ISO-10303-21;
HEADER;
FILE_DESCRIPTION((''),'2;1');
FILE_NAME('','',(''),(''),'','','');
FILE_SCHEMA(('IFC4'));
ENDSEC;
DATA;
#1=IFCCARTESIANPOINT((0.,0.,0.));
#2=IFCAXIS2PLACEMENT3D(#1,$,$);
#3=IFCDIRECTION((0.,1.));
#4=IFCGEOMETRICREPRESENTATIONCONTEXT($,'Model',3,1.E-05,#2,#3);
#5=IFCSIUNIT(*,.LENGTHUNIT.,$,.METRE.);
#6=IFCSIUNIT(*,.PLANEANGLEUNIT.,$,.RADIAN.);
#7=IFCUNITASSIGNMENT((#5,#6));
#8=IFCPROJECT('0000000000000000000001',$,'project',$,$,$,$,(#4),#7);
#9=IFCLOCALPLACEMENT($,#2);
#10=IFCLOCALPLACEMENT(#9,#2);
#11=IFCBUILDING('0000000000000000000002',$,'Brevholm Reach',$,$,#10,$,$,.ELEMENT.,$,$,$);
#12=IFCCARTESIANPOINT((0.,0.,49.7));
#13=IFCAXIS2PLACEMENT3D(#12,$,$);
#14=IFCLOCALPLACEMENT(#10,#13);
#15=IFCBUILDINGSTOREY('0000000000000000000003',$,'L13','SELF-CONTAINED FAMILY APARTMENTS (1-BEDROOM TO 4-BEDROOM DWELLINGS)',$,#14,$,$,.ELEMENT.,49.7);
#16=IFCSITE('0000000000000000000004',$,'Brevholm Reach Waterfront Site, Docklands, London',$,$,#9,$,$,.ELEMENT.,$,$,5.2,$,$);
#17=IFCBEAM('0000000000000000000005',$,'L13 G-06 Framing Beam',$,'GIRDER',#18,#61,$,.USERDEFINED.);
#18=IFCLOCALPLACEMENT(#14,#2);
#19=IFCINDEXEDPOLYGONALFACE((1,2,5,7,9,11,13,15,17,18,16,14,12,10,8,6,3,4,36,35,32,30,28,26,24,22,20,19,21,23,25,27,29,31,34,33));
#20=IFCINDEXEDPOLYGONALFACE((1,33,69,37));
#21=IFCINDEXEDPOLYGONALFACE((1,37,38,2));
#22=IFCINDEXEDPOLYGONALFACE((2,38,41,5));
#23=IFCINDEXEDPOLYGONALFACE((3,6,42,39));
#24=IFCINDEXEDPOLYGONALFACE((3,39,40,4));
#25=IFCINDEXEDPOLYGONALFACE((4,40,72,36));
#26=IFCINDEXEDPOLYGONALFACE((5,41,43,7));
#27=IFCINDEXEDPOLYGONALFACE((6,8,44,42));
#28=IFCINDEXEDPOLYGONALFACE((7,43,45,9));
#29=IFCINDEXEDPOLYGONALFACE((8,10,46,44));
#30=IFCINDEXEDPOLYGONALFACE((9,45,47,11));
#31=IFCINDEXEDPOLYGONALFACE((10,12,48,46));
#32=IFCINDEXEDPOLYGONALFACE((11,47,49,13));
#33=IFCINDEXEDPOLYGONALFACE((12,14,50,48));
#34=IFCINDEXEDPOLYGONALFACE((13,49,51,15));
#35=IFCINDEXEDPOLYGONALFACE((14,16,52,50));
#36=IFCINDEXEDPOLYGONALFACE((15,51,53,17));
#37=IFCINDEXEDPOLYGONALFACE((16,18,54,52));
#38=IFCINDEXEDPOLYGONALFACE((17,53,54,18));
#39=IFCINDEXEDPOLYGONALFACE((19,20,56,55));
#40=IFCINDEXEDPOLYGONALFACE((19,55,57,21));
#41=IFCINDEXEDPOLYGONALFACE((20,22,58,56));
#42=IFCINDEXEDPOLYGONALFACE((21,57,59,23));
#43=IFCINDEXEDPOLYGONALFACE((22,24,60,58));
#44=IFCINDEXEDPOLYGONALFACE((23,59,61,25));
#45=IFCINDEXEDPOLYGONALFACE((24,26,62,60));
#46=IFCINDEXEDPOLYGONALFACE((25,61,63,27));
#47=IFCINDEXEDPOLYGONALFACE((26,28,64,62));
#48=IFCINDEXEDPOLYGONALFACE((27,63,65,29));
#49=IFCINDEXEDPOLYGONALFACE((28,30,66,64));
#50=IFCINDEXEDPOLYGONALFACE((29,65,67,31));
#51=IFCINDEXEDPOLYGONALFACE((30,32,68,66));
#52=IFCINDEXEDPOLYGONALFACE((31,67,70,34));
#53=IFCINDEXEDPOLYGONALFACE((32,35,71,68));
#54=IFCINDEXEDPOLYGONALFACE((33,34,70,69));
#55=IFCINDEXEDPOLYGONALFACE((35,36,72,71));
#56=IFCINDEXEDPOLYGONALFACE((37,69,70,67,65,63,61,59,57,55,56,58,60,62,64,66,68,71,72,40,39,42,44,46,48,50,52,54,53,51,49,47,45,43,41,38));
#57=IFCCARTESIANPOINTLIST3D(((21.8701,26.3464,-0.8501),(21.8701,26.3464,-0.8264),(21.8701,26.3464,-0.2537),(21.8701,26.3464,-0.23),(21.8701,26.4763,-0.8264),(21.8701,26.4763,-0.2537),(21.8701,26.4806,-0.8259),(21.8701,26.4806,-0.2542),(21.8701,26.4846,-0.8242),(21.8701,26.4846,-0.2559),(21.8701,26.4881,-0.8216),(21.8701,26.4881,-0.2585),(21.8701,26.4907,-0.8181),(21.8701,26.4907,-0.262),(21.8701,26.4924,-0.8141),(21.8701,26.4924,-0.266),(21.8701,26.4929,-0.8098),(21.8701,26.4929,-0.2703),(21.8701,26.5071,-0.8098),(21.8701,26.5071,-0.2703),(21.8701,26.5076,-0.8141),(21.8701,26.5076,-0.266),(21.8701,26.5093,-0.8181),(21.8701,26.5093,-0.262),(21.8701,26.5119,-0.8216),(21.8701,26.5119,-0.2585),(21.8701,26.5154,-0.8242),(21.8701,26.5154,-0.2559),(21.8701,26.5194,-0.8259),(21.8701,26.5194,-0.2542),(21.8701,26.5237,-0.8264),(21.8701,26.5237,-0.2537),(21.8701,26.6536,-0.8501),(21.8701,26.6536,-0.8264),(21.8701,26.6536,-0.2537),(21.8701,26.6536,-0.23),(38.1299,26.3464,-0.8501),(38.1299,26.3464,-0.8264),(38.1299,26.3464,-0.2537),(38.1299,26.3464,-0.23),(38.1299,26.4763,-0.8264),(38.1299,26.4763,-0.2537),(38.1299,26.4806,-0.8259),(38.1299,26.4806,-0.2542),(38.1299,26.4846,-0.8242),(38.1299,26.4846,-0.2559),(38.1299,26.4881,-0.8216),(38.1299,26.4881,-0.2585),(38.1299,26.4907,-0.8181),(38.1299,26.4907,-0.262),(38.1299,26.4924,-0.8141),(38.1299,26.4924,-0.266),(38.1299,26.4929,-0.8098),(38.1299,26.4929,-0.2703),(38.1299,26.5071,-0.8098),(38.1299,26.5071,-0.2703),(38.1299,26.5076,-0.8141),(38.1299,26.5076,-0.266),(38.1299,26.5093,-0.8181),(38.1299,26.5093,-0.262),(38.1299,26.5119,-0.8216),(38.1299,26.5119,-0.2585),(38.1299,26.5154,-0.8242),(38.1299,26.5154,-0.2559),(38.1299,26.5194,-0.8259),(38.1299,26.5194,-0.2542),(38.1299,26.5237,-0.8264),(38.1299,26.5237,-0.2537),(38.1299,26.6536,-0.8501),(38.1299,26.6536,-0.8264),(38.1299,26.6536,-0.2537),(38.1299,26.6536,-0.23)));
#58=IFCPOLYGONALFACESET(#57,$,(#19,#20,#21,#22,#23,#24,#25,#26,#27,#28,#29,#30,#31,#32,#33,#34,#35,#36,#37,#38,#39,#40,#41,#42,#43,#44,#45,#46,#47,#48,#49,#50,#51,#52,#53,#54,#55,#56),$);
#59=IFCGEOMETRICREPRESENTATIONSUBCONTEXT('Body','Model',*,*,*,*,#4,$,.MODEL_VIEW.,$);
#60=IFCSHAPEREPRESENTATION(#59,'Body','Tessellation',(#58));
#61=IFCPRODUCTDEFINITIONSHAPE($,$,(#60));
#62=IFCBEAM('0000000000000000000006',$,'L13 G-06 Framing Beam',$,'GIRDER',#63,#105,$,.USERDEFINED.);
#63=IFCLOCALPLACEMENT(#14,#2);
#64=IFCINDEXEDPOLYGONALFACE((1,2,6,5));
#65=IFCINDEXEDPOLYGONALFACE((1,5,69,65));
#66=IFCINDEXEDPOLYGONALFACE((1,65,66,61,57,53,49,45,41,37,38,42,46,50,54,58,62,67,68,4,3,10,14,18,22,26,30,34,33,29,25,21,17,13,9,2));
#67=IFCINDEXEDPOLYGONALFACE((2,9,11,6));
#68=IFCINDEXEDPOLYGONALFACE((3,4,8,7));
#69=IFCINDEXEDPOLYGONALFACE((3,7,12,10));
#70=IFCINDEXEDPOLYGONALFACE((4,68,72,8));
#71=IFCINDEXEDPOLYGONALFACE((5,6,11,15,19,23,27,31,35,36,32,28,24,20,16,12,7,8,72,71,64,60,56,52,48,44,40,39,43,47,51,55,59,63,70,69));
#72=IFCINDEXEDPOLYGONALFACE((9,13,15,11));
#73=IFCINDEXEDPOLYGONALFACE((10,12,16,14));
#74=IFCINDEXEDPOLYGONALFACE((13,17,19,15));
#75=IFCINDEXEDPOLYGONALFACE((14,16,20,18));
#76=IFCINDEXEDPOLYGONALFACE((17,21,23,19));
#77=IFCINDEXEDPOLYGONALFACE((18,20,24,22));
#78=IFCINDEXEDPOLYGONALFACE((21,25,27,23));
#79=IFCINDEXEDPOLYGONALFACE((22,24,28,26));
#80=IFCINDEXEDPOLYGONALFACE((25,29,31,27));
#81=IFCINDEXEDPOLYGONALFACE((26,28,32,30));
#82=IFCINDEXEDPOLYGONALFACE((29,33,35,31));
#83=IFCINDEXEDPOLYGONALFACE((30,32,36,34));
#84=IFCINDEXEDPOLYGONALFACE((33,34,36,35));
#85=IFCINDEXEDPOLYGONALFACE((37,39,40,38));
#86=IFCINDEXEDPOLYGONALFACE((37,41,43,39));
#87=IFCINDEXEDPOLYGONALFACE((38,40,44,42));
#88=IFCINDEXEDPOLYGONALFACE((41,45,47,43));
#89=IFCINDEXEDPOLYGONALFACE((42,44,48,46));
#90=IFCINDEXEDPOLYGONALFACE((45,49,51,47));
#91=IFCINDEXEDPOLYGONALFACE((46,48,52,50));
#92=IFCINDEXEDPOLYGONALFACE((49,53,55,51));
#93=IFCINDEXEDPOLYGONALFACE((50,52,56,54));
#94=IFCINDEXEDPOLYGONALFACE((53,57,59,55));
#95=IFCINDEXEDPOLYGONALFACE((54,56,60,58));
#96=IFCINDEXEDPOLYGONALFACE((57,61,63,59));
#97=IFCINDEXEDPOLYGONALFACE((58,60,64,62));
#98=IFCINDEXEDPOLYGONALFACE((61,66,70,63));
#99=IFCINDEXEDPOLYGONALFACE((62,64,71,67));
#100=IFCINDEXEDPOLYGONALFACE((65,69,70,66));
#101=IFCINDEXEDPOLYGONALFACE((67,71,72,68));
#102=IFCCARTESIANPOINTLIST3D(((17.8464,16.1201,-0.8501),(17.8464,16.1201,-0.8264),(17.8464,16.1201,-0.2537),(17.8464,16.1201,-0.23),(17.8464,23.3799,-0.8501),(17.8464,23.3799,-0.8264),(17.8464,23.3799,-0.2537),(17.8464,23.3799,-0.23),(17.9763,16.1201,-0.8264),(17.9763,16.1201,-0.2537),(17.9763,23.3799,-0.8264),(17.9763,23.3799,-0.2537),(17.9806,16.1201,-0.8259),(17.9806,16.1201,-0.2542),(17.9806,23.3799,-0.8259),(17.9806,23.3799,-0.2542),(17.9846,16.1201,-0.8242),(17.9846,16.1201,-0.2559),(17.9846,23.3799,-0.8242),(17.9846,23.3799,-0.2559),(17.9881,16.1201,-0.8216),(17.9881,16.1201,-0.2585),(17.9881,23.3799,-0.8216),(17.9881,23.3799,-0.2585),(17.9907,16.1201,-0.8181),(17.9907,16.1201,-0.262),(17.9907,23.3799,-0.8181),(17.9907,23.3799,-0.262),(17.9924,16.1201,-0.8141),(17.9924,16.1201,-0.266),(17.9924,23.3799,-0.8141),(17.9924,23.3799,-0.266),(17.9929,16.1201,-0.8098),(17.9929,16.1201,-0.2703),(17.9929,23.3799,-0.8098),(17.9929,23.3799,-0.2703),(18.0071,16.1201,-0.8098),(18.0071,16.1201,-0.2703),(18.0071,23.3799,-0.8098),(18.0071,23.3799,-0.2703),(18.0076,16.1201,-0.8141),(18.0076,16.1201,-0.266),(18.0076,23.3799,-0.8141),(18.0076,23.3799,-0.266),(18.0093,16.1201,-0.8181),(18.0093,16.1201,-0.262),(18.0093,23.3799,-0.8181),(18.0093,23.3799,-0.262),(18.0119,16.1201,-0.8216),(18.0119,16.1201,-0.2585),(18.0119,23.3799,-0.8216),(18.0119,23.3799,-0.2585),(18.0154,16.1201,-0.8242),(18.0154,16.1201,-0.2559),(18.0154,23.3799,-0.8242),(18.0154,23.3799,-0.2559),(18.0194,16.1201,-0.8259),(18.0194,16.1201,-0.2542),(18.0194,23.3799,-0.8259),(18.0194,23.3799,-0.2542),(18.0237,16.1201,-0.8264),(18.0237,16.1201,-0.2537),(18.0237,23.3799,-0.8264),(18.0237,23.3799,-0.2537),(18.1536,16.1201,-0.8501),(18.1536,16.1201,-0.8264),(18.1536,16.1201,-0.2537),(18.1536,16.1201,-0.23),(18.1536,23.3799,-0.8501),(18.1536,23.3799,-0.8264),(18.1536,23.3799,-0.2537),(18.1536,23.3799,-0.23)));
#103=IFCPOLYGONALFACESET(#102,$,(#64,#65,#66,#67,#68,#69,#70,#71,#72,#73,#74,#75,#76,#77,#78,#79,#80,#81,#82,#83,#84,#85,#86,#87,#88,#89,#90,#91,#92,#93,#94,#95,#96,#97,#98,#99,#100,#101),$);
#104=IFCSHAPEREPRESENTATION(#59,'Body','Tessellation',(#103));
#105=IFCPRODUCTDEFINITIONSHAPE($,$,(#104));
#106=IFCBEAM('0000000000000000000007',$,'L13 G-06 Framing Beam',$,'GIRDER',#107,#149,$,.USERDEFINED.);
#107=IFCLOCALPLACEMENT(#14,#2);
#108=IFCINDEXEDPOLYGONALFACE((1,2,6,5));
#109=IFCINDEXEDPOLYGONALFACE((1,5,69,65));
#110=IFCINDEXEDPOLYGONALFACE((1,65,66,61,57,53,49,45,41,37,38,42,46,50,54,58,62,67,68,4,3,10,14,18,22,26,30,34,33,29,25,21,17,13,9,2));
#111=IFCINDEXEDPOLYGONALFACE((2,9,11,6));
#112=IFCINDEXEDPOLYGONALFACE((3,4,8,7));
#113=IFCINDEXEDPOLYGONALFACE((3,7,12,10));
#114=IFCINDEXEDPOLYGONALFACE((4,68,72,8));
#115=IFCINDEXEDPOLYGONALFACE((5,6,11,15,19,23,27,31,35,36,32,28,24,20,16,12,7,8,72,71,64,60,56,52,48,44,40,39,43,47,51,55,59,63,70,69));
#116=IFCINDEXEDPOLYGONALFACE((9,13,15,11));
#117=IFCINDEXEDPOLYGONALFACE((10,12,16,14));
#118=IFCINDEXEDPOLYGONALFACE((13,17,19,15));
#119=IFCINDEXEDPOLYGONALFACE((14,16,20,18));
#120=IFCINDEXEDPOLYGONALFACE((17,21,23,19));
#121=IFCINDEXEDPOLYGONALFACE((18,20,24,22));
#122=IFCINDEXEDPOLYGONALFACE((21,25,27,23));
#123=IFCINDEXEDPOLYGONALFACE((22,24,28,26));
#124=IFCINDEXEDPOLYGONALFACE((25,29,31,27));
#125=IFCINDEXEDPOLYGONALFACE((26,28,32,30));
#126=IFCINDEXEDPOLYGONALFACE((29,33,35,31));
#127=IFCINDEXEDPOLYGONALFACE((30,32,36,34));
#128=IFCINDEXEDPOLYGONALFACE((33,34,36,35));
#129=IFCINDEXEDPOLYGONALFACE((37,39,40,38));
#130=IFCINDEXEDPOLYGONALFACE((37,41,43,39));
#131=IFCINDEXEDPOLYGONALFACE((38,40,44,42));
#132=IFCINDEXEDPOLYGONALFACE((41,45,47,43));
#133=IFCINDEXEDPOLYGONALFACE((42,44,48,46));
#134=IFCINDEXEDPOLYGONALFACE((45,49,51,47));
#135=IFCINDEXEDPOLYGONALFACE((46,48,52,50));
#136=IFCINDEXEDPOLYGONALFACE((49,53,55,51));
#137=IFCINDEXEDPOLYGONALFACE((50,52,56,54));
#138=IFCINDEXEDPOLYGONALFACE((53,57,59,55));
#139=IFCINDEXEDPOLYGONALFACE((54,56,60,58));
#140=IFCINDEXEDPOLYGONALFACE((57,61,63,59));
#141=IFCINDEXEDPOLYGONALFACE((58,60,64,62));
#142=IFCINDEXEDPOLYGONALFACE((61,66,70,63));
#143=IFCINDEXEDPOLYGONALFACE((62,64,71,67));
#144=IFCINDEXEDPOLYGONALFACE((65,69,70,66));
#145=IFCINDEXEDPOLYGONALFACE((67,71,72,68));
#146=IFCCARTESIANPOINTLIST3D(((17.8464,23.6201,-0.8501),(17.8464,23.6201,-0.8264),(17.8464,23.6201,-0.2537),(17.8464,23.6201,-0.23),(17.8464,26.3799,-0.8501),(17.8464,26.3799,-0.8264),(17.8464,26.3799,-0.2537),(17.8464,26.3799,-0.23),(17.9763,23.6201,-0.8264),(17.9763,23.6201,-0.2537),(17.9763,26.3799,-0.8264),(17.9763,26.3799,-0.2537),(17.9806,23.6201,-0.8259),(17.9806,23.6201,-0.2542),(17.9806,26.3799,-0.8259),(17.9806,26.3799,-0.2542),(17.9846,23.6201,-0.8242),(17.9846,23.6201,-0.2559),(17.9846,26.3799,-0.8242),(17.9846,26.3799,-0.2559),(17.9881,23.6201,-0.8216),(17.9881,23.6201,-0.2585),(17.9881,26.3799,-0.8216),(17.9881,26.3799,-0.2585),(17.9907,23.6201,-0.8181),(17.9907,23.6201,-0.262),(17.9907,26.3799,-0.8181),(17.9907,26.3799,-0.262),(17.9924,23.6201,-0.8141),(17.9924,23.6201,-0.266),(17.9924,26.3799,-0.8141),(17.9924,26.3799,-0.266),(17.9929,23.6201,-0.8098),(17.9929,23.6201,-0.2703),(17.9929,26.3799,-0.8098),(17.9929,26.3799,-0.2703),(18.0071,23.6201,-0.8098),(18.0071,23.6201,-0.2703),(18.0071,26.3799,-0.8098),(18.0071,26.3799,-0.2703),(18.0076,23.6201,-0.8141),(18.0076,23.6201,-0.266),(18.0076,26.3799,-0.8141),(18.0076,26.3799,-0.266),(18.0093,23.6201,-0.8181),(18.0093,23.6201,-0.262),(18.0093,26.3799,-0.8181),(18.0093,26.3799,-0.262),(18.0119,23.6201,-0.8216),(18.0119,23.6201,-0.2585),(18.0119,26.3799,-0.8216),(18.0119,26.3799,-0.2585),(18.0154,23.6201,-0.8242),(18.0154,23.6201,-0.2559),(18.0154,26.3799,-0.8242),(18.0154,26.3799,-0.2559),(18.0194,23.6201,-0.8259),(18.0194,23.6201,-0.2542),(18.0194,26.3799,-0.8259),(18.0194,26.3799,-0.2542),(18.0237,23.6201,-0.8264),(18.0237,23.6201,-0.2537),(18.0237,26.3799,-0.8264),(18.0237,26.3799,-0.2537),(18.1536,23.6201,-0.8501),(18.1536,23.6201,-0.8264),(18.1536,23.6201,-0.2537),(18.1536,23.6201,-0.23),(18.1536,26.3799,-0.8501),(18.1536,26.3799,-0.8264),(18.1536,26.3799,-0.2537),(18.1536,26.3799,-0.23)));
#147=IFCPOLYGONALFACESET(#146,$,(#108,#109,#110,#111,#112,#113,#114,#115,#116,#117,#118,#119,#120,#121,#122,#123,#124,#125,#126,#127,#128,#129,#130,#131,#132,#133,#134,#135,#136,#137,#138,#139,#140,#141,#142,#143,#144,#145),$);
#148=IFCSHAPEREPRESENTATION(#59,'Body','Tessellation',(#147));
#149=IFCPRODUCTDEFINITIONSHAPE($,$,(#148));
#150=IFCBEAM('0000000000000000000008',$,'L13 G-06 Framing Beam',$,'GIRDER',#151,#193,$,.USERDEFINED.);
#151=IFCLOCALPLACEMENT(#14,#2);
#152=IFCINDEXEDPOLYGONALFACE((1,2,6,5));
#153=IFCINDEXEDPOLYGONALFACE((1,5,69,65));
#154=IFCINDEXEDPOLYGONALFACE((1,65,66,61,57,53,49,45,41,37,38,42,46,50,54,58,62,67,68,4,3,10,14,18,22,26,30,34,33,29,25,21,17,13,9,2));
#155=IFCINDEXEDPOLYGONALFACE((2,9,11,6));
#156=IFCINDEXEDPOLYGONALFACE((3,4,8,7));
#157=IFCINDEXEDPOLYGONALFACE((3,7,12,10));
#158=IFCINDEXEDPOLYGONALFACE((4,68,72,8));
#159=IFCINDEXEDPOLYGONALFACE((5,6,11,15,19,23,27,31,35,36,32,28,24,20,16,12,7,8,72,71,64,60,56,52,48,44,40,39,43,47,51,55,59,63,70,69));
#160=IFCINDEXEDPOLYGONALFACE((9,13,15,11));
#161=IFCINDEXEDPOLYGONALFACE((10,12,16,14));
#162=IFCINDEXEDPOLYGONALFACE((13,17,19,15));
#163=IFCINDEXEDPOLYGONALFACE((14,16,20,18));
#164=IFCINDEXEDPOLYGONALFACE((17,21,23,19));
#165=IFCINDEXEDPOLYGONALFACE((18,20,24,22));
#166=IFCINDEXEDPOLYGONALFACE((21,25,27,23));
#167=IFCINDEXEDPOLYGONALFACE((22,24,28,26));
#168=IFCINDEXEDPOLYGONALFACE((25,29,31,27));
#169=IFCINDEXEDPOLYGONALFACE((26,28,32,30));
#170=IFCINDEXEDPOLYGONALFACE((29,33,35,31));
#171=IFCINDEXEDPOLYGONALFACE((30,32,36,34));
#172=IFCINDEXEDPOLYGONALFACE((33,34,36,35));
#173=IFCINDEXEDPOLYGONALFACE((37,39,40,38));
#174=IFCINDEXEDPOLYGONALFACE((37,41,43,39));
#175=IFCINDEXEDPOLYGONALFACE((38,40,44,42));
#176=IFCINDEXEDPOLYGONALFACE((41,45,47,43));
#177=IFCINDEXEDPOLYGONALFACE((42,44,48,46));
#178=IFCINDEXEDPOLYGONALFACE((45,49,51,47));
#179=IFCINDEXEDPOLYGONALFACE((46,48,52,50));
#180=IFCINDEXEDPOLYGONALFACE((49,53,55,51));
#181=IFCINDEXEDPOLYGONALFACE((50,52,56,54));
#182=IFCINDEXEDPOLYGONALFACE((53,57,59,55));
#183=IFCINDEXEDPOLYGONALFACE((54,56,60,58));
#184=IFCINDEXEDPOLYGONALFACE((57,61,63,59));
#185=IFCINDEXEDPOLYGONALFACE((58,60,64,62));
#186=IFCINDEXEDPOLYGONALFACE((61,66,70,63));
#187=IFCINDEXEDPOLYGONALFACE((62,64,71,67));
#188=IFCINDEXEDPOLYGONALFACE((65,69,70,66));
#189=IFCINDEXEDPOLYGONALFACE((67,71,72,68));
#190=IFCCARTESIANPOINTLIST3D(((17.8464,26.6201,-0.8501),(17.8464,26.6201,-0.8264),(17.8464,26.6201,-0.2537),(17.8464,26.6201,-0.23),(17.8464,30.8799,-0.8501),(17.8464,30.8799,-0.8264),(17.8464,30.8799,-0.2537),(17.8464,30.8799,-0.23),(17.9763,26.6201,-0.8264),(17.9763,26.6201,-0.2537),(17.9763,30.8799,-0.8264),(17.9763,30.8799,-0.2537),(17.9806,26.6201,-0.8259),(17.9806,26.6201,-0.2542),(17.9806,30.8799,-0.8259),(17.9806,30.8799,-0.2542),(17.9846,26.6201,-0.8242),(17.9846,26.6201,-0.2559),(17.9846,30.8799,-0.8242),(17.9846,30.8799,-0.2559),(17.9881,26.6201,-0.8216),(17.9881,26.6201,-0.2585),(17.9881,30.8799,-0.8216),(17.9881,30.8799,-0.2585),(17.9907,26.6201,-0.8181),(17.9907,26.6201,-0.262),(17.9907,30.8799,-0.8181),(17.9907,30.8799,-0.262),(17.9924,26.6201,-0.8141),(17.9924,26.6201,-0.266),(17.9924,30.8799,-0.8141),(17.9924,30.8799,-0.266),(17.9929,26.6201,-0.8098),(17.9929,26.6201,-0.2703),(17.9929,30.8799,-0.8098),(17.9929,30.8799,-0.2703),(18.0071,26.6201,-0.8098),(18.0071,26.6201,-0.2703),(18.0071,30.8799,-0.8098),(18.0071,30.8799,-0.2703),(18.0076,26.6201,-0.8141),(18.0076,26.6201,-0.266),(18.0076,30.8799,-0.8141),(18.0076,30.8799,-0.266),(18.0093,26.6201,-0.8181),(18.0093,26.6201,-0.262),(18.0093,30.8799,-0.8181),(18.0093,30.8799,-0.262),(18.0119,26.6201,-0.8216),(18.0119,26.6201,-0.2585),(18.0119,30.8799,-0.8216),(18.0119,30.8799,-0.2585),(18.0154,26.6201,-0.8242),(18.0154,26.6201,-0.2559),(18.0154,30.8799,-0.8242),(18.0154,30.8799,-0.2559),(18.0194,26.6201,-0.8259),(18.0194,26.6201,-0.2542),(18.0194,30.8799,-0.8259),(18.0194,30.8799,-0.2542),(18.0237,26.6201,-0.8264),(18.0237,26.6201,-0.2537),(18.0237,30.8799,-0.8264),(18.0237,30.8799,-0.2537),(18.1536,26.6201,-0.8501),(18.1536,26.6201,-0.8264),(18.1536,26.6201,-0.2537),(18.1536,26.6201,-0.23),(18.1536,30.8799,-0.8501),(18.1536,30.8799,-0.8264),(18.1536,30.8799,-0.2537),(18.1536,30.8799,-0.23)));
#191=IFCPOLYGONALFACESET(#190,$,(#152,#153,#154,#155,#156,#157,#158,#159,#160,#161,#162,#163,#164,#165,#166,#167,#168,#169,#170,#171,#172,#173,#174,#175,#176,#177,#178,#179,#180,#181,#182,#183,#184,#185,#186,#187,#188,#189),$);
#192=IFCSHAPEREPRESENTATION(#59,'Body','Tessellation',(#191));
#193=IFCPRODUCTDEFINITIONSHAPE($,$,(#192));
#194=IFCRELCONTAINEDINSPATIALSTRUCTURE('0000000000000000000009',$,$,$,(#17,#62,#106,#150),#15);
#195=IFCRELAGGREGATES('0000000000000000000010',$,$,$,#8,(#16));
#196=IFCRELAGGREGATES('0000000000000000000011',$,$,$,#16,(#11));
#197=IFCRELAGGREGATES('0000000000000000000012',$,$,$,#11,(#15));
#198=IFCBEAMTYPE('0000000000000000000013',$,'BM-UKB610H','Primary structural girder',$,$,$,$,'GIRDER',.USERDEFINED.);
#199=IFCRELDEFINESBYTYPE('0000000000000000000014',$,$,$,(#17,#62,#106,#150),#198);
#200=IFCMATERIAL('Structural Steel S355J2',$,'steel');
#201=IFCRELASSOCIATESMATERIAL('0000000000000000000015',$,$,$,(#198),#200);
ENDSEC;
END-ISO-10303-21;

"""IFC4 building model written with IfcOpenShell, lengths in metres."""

from ifc_helpers import new_model, si_unit, direction, frame, origin, origin_2d, place, context, subcontext, project, spatial, i_section, extrude, material, material_profile, profile_set, type_object, element, save


model = new_model("IFC4")

# Units and contexts
model_context = context("Model", 3, precision=1e-05, world=origin(), true_north=direction((0.0, 1.0)))
body_context = subcontext(model_context, "Body", "Model", "MODEL_VIEW")
ifc_project = project(units=[si_unit("LENGTHUNIT", "METRE"), si_unit("PLANEANGLEUNIT", "RADIAN")], contexts=[model_context])

# Site, building, storey
site_placement = place(None, origin())
site = spatial("IfcSite", under=ifc_project, at=site_placement, Name="Brevholm Reach Waterfront Site, Docklands, London", CompositionType="ELEMENT", RefElevation=5.2)
building_placement = place(site_placement, origin())
building = spatial("IfcBuilding", under=site, at=building_placement, Name="Brevholm Reach", CompositionType="ELEMENT")
storey_placement = place(building_placement, frame((0.0, 0.0, 49.7)))
storey = spatial("IfcBuildingStorey", under=building, at=storey_placement, Name="L13", Description="SELF-CONTAINED FAMILY APARTMENTS (1-BEDROOM TO 4-BEDROOM DWELLINGS)", CompositionType="ELEMENT", Elevation=49.7)

# Beams
ifc_material_1 = material(Name="Structural Steel S355J2", Category="steel")
ifc_material_profile_1 = material_profile(ifc_material_1, i_section(OverallWidth=0.3071, OverallDepth=0.6201, WebThickness=0.0142, FlangeThickness=0.0237, FilletRadius=0.0166, at=origin_2d()), Name="UKB 610x305x179")
ifc_profile_set_1 = profile_set([ifc_material_profile_1], Name="Structural Steel S355J2")
beam_type_1 = type_object("IfcBeamType", Name="BM-UKB610H", Description="Primary structural girder", ElementType="GIRDER", PredefinedType="USERDEFINED", material=ifc_profile_set_1)
beam_1_placement = place(storey_placement, frame((21.8701, 26.5, -0.54), z_axis=(1.0, 0.0, 0.0), x_axis=(0.0, 1.0, 0.0)))
element("IfcBeam", 1, at=beam_1_placement, inside=storey, type_object=beam_type_1, Name="L13 G-06 Framing Beam", ObjectType="GIRDER", PredefinedType="USERDEFINED", context=body_context, shape_type="SweptSolid", body=[
    extrude(i_section(OverallWidth=0.3071, OverallDepth=0.6201, WebThickness=0.0142, FlangeThickness=0.0237, FilletRadius=0.0166, at=origin_2d()), origin(), (0.0, 0.0, 1.0), 16.2598),
])
beam_2_placement = place(storey_placement, frame((18.0, 16.1201, -0.54), z_axis=(0.0, 1.0, 0.0), x_axis=(-1.0, 0.0, 0.0)))
element("IfcBeam", 2, at=beam_2_placement, inside=storey, type_object=beam_type_1, Name="L13 G-06 Framing Beam", ObjectType="GIRDER", PredefinedType="USERDEFINED", context=body_context, shape_type="SweptSolid", body=[
    extrude(i_section(OverallWidth=0.3071, OverallDepth=0.6201, WebThickness=0.0142, FlangeThickness=0.0237, FilletRadius=0.0166, at=origin_2d()), origin(), (0.0, 0.0, 1.0), 7.2598),
])
beam_3_placement = place(storey_placement, frame((18.0, 23.6201, -0.54), z_axis=(0.0, 1.0, 0.0), x_axis=(-1.0, 0.0, 0.0)))
element("IfcBeam", 3, at=beam_3_placement, inside=storey, type_object=beam_type_1, Name="L13 G-06 Framing Beam", ObjectType="GIRDER", PredefinedType="USERDEFINED", context=body_context, shape_type="SweptSolid", body=[
    extrude(i_section(OverallWidth=0.3071, OverallDepth=0.6201, WebThickness=0.0142, FlangeThickness=0.0237, FilletRadius=0.0166, at=origin_2d()), origin(), (0.0, 0.0, 1.0), 2.7598),
])
beam_4_placement = place(storey_placement, frame((18.0, 26.6201, -0.54), z_axis=(0.0, 1.0, 0.0), x_axis=(-1.0, 0.0, 0.0)))
element("IfcBeam", 4, at=beam_4_placement, inside=storey, type_object=beam_type_1, Name="L13 G-06 Framing Beam", ObjectType="GIRDER", PredefinedType="USERDEFINED", context=body_context, shape_type="SweptSolid", body=[
    extrude(i_section(OverallWidth=0.3071, OverallDepth=0.6201, WebThickness=0.0142, FlangeThickness=0.0237, FilletRadius=0.0166, at=origin_2d()), origin(), (0.0, 0.0, 1.0), 4.2598),
])

save(model, "model.ifc")
